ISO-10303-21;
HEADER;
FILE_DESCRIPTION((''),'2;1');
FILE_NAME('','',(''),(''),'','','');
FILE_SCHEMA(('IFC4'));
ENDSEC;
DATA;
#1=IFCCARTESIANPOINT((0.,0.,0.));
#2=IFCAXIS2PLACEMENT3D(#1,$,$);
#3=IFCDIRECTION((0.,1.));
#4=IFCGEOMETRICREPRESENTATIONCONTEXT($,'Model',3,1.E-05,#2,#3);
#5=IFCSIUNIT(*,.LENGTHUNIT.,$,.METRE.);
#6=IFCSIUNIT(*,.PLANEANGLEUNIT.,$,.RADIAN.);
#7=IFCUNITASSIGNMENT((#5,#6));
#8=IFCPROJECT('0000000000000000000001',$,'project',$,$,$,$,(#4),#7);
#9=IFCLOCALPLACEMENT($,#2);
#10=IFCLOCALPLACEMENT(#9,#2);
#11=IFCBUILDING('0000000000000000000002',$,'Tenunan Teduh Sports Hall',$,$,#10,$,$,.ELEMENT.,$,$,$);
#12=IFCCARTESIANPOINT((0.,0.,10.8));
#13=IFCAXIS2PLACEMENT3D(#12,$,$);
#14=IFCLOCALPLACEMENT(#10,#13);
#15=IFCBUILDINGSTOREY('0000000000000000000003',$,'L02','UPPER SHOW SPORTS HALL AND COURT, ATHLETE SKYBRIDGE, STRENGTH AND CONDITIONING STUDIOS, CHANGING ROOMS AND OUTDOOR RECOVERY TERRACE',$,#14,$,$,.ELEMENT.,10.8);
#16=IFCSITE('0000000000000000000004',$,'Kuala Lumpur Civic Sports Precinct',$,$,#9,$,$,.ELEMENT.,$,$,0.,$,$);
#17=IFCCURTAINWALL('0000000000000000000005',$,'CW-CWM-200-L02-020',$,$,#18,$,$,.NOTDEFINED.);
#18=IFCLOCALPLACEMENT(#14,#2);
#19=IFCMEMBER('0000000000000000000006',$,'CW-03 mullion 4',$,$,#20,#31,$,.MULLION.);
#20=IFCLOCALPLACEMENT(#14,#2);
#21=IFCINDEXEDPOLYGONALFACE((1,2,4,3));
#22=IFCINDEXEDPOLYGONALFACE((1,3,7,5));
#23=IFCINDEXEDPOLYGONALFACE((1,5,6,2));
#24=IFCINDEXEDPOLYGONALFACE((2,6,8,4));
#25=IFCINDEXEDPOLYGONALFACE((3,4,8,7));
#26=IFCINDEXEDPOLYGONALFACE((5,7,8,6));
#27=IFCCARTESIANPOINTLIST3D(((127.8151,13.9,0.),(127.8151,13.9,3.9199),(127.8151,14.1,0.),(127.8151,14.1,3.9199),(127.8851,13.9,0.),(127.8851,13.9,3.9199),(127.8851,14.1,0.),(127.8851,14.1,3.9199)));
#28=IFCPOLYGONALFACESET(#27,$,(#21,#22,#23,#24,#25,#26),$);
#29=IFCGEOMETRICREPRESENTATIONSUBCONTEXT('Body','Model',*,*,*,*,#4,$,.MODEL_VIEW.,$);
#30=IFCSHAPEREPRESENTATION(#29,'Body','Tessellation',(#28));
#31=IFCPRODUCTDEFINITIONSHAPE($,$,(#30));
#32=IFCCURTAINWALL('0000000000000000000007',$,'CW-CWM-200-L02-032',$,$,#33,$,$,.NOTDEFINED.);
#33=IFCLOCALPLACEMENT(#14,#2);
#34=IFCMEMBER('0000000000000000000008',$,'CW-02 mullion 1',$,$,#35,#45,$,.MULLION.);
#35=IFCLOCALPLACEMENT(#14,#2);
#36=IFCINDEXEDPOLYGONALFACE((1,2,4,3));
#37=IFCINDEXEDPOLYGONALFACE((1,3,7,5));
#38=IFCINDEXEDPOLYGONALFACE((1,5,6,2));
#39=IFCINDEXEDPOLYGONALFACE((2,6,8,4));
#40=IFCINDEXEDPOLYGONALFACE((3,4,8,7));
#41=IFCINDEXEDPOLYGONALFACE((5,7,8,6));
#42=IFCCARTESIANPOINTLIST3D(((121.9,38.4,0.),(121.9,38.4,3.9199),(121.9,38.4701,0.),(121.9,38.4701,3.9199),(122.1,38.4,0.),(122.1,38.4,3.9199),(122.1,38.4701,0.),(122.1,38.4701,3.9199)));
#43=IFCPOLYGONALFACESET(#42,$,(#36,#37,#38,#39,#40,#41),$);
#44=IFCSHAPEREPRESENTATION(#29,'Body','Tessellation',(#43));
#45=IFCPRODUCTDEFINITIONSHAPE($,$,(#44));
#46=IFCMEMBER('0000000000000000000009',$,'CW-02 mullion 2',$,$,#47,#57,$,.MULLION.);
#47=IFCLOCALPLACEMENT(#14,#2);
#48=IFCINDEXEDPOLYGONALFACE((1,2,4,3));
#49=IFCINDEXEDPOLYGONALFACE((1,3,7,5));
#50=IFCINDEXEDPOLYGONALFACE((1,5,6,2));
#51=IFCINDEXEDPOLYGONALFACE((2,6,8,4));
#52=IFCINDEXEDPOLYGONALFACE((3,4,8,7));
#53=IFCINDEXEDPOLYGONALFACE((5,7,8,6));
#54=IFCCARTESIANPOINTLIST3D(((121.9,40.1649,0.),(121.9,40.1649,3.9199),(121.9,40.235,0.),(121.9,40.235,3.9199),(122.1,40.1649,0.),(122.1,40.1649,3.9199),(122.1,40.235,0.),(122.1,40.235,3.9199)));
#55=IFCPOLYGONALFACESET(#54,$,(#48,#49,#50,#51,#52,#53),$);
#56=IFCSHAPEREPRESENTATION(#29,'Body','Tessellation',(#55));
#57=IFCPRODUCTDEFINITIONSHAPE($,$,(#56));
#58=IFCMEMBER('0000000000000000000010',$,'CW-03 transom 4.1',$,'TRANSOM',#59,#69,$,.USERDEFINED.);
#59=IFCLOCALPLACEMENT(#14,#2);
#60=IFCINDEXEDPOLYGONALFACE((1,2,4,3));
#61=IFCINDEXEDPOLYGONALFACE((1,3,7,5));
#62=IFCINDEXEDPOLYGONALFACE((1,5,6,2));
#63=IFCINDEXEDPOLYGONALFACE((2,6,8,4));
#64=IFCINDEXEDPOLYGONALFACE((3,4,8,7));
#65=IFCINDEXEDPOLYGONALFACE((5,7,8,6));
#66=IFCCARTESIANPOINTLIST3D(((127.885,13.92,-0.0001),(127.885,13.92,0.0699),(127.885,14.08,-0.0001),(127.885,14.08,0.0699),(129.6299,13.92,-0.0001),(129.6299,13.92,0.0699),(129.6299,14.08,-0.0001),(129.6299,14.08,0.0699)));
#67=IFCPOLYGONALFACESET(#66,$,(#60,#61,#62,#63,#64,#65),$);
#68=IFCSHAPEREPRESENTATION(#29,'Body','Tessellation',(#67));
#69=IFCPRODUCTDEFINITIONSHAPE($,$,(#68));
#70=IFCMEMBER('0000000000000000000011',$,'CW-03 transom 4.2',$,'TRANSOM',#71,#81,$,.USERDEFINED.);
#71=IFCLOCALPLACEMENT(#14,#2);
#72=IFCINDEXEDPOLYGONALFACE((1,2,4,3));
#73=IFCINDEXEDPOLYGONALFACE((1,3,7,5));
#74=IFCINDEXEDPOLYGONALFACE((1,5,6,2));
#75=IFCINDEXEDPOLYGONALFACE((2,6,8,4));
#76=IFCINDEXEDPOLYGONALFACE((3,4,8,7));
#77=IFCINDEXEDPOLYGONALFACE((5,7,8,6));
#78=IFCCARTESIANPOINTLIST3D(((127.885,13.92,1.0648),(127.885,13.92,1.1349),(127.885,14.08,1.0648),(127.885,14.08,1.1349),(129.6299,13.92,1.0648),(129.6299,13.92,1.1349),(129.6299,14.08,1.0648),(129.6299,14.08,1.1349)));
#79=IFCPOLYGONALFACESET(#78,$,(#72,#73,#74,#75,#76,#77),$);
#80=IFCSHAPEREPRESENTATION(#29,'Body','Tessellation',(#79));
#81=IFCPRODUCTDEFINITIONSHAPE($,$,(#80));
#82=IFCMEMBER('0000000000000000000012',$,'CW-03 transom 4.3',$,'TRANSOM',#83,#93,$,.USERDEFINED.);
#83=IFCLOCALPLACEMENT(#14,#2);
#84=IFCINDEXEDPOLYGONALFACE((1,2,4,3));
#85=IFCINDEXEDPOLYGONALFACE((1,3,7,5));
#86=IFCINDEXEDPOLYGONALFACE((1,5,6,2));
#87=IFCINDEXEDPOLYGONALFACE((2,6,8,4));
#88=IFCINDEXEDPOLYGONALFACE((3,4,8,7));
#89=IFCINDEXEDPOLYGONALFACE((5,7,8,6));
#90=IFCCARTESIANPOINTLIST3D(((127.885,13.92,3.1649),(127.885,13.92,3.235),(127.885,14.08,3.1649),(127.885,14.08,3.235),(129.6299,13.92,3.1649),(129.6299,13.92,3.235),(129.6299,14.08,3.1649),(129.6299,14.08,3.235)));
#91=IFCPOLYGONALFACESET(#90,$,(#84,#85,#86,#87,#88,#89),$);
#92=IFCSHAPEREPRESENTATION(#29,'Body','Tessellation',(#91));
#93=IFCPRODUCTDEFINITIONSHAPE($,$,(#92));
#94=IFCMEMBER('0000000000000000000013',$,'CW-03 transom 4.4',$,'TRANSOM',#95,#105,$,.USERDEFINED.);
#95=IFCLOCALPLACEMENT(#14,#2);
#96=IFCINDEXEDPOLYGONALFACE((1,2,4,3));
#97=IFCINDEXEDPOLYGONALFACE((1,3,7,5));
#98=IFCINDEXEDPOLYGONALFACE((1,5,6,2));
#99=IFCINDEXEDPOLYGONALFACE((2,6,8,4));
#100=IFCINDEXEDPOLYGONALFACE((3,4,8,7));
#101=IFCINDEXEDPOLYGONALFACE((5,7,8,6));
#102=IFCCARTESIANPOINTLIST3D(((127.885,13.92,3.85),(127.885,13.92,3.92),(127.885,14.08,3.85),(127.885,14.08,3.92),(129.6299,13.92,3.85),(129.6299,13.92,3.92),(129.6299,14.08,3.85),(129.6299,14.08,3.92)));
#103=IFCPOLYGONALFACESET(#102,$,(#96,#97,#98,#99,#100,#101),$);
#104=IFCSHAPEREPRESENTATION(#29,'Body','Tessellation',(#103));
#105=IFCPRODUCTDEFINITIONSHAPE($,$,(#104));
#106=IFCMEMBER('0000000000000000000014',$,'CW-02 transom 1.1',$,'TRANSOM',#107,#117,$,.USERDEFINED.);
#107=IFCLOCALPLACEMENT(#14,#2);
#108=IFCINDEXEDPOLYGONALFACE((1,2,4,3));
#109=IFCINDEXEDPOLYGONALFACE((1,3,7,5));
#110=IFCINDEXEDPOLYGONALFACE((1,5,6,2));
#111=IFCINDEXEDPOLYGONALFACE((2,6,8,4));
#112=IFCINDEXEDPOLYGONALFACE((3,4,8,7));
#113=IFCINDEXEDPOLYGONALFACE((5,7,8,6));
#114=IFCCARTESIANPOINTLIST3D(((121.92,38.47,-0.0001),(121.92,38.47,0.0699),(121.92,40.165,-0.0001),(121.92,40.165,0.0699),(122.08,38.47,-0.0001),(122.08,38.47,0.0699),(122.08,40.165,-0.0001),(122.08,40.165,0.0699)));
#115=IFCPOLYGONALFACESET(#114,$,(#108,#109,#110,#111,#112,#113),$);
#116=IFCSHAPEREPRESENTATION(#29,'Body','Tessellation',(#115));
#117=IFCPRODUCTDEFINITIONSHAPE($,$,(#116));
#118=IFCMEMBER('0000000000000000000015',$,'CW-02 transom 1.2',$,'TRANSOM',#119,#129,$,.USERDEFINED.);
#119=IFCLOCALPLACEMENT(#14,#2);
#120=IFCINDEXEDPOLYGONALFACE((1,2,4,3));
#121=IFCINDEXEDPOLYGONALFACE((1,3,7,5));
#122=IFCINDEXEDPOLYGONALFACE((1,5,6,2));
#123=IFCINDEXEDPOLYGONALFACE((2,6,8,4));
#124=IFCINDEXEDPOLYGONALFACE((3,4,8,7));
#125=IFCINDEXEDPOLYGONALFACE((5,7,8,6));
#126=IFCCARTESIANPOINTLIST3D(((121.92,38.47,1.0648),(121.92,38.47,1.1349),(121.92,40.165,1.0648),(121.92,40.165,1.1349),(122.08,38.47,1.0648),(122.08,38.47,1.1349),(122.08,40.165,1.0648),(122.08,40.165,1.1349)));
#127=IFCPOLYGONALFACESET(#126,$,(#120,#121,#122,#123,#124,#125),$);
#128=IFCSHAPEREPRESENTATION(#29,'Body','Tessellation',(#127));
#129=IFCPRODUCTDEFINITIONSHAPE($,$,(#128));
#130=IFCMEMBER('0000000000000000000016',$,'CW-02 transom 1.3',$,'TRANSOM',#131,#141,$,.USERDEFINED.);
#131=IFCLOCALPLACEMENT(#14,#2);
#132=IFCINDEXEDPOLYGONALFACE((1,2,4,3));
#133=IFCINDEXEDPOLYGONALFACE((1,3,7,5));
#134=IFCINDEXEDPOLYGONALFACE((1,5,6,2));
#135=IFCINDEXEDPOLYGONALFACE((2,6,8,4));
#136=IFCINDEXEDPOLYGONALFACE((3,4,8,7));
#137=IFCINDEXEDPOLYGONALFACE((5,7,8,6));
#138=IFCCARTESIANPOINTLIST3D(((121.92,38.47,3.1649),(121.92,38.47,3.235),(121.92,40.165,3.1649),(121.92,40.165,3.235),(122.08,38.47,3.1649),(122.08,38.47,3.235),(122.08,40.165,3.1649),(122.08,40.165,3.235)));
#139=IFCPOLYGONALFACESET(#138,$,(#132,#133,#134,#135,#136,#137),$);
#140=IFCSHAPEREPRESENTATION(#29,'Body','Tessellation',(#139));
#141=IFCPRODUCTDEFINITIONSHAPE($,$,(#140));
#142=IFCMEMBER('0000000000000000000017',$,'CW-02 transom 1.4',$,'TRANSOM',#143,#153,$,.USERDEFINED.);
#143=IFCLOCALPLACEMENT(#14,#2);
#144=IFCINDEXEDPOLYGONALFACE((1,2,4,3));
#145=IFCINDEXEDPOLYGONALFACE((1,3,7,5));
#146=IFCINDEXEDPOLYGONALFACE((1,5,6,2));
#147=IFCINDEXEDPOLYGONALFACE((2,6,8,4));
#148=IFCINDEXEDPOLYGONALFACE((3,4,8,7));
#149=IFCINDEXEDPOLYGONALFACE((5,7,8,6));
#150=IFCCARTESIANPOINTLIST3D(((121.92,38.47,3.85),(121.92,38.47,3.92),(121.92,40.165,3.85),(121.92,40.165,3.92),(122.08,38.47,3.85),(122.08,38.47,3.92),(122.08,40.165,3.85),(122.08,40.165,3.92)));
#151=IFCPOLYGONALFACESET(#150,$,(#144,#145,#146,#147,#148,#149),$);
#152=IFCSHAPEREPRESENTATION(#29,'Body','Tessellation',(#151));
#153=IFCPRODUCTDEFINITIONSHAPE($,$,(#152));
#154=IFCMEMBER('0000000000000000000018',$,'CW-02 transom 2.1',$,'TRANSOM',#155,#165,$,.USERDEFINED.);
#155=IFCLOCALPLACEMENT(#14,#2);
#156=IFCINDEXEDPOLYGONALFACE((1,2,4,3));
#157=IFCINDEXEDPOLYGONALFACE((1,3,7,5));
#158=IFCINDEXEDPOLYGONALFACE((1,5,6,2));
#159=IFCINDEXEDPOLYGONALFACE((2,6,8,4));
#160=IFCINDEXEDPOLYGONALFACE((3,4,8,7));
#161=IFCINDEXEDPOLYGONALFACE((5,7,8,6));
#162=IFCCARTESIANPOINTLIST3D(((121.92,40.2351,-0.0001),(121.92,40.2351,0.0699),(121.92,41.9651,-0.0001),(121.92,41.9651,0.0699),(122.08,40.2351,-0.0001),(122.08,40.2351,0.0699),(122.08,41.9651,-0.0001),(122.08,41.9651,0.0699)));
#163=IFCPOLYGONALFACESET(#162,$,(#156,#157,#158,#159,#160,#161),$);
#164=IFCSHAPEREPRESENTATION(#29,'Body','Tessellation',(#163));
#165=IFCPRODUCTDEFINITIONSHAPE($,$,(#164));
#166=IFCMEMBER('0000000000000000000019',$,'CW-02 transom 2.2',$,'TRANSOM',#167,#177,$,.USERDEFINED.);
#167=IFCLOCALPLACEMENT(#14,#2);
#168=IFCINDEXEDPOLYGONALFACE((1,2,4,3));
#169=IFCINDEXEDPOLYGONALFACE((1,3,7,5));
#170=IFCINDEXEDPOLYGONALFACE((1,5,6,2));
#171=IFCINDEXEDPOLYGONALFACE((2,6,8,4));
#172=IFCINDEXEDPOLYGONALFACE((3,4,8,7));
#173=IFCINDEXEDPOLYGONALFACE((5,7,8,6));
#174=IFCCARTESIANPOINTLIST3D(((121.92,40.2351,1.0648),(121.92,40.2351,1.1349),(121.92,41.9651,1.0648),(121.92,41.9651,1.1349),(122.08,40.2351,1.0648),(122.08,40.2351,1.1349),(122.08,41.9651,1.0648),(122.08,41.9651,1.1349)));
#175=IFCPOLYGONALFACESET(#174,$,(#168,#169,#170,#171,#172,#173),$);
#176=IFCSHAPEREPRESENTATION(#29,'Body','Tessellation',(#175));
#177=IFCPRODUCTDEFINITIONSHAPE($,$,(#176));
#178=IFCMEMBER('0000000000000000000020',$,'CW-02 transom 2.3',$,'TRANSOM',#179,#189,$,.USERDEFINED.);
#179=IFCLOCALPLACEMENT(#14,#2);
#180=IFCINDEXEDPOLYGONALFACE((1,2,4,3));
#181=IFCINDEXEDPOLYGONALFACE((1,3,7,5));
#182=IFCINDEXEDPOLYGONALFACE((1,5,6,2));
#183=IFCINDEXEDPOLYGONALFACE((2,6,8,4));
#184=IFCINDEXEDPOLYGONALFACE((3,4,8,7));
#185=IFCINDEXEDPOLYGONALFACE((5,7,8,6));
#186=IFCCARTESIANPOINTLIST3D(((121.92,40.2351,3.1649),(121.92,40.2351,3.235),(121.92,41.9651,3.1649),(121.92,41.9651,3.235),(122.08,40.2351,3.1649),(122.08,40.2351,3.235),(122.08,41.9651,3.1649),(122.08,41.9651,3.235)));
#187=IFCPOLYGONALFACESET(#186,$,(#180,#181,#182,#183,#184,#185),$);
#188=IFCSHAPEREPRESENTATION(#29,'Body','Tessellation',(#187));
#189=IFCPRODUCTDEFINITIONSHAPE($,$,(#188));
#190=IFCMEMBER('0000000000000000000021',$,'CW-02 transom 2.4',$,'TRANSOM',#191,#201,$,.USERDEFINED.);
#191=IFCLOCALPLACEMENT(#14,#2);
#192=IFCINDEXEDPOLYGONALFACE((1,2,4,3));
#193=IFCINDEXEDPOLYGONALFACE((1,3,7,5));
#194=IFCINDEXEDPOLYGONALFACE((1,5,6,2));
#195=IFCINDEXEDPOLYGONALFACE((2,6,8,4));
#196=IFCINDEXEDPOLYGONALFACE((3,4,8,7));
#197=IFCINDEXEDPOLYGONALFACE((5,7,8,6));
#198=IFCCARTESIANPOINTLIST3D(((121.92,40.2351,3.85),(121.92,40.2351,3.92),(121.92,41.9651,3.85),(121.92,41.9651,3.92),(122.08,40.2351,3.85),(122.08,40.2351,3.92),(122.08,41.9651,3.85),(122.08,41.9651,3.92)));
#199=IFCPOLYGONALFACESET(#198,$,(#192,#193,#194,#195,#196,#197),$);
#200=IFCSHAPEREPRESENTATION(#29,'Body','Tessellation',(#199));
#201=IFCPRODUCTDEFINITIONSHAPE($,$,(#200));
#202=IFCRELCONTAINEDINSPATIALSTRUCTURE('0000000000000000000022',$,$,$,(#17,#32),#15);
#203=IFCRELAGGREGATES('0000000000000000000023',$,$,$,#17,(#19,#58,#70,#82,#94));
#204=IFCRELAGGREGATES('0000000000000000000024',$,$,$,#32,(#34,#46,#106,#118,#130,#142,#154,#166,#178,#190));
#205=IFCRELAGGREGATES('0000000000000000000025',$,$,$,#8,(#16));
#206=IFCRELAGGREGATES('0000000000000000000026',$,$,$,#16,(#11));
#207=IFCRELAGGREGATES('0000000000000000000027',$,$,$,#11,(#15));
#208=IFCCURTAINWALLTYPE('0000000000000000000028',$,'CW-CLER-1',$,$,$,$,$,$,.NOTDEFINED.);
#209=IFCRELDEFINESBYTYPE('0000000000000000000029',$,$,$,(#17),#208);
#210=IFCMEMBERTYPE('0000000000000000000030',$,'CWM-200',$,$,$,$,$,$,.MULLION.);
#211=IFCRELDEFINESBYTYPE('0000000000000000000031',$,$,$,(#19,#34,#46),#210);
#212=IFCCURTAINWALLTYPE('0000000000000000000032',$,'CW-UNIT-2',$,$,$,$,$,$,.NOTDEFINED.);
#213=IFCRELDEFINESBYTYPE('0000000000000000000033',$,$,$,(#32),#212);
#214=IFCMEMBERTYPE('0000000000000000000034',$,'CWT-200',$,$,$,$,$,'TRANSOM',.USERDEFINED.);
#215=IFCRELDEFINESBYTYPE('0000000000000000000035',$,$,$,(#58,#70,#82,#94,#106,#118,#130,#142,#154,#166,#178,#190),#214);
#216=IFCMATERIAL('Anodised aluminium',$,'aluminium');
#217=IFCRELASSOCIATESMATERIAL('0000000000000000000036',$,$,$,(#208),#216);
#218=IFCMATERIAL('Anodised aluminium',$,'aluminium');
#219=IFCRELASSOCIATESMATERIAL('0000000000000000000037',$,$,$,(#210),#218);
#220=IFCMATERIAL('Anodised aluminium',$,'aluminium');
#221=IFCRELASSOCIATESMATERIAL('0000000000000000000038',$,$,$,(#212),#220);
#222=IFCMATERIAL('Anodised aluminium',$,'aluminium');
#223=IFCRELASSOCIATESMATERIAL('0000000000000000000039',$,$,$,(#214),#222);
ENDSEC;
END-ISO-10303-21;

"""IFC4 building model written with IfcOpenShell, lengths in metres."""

from ifc_helpers import new_model, si_unit, direction, frame, origin, origin_2d, place, context, subcontext, project, spatial, rectangle, extrude, material, material_profile, profile_set, type_object, element, aggregate, save


model = new_model("IFC4")

# Units and contexts
model_context = context("Model", 3, precision=1e-05, world=origin(), true_north=direction((0.0, 1.0)))
body_context = subcontext(model_context, "Body", "Model", "MODEL_VIEW")
ifc_project = project(units=[si_unit("LENGTHUNIT", "METRE"), si_unit("PLANEANGLEUNIT", "RADIAN")], contexts=[model_context])

# Site, building, storey
site_placement = place(None, origin())
site = spatial("IfcSite", under=ifc_project, at=site_placement, Name="Kuala Lumpur Civic Sports Precinct", CompositionType="ELEMENT", RefElevation=0.0)
building_placement = place(site_placement, origin())
building = spatial("IfcBuilding", under=site, at=building_placement, Name="Tenunan Teduh Sports Hall", CompositionType="ELEMENT")
storey_placement = place(building_placement, frame((0.0, 0.0, 10.8)))
storey = spatial("IfcBuildingStorey", under=building, at=storey_placement, Name="L02", Description="UPPER SHOW SPORTS HALL AND COURT, ATHLETE SKYBRIDGE, STRENGTH AND CONDITIONING STUDIOS, CHANGING ROOMS AND OUTDOOR RECOVERY TERRACE", CompositionType="ELEMENT", Elevation=10.8)

# Curtain wall, member
ifc_material_1 = material(Name="Anodised aluminium", Category="aluminium")
curtain_wall_type_1 = type_object("IfcCurtainWallType", Name="CW-CLER-1", PredefinedType="NOTDEFINED", material=ifc_material_1)
curtain_wall_1_placement = place(storey_placement, origin())
curtain_wall_1 = element("IfcCurtainWall", 1, at=curtain_wall_1_placement, inside=storey, type_object=curtain_wall_type_1, Name="CW-CWM-200-L02-020", PredefinedType="NOTDEFINED")
ifc_material_2 = material(Name="Anodised aluminium", Category="aluminium")
ifc_material_profile_1 = material_profile(ifc_material_2, rectangle(XDim=0.0701, YDim=0.2, at=origin_2d()), Name="CWM 70x200")
ifc_profile_set_1 = profile_set([ifc_material_profile_1], Name="Anodised aluminium")
member_type_1 = type_object("IfcMemberType", Name="CWM-200", PredefinedType="MULLION", material=ifc_profile_set_1)
member_1_placement = place(storey_placement, frame((127.8501, 14.0, 0.0), z_axis=(0.0, 0.0, 1.0), x_axis=(1.0, 0.0, 0.0)))
member_1 = element("IfcMember", 2, at=member_1_placement, type_object=member_type_1, Name="CW-03 mullion 4", PredefinedType="MULLION", context=body_context, shape_type="SweptSolid", body=[
    extrude(rectangle(XDim=0.0701, YDim=0.2, at=origin_2d()), origin(), (0.0, 0.0, 1.0), 3.9199),
])

# Curtain wall, members
ifc_material_3 = material(Name="Anodised aluminium", Category="aluminium")
curtain_wall_type_2 = type_object("IfcCurtainWallType", Name="CW-UNIT-2", PredefinedType="NOTDEFINED", material=ifc_material_3)
curtain_wall_2_placement = place(storey_placement, origin())
curtain_wall_2 = element("IfcCurtainWall", 3, at=curtain_wall_2_placement, inside=storey, type_object=curtain_wall_type_2, Name="CW-CWM-200-L02-032", PredefinedType="NOTDEFINED")
member_2_placement = place(storey_placement, frame((122.0, 38.4351, 0.0), z_axis=(0.0, 0.0, 1.0), x_axis=(0.0, 1.0, 0.0)))
member_2 = element("IfcMember", 4, at=member_2_placement, type_object=member_type_1, Name="CW-02 mullion 1", PredefinedType="MULLION", context=body_context, shape_type="SweptSolid", body=[
    extrude(rectangle(XDim=0.0701, YDim=0.2, at=origin_2d()), origin(), (0.0, 0.0, 1.0), 3.9199),
])
member_3_placement = place(storey_placement, frame((122.0, 40.2, 0.0), z_axis=(0.0, 0.0, 1.0), x_axis=(0.0, 1.0, 0.0)))
member_3 = element("IfcMember", 5, at=member_3_placement, type_object=member_type_1, Name="CW-02 mullion 2", PredefinedType="MULLION", context=body_context, shape_type="SweptSolid", body=[
    extrude(rectangle(XDim=0.0701, YDim=0.2, at=origin_2d()), origin(), (0.0, 0.0, 1.0), 3.9199),
])

# Members
ifc_material_4 = material(Name="Anodised aluminium", Category="aluminium")
ifc_material_profile_2 = material_profile(ifc_material_4, rectangle(XDim=0.0701, YDim=0.1599, at=origin_2d()), Name="CWT 70x160")
ifc_profile_set_2 = profile_set([ifc_material_profile_2], Name="Anodised aluminium")
member_type_2 = type_object("IfcMemberType", Name="CWT-200", ElementType="TRANSOM", PredefinedType="USERDEFINED", material=ifc_profile_set_2)
member_4_placement = place(storey_placement, frame((127.885, 14.0, 0.0349), z_axis=(1.0, 0.0, 0.0), x_axis=(0.0, 0.0, 1.0)))
member_4 = element("IfcMember", 6, at=member_4_placement, type_object=member_type_2, Name="CW-03 transom 4.1", ObjectType="TRANSOM", PredefinedType="USERDEFINED", context=body_context, shape_type="SweptSolid", body=[
    extrude(rectangle(XDim=0.0701, YDim=0.1599, at=origin_2d()), origin(), (0.0, 0.0, 1.0), 1.7449),
])
member_5_placement = place(storey_placement, frame((127.885, 14.0, 1.0999), z_axis=(1.0, 0.0, 0.0), x_axis=(0.0, 0.0, 1.0)))
member_5 = element("IfcMember", 7, at=member_5_placement, type_object=member_type_2, Name="CW-03 transom 4.2", ObjectType="TRANSOM", PredefinedType="USERDEFINED", context=body_context, shape_type="SweptSolid", body=[
    extrude(rectangle(XDim=0.0701, YDim=0.1599, at=origin_2d()), origin(), (0.0, 0.0, 1.0), 1.7449),
])
member_6_placement = place(storey_placement, frame((127.885, 14.0, 3.2), z_axis=(1.0, 0.0, 0.0), x_axis=(0.0, 0.0, 1.0)))
member_6 = element("IfcMember", 8, at=member_6_placement, type_object=member_type_2, Name="CW-03 transom 4.3", ObjectType="TRANSOM", PredefinedType="USERDEFINED", context=body_context, shape_type="SweptSolid", body=[
    extrude(rectangle(XDim=0.0701, YDim=0.1599, at=origin_2d()), origin(), (0.0, 0.0, 1.0), 1.7449),
])
member_7_placement = place(storey_placement, frame((127.885, 14.0, 3.885), z_axis=(1.0, 0.0, 0.0), x_axis=(0.0, 0.0, 1.0)))
member_7 = element("IfcMember", 9, at=member_7_placement, type_object=member_type_2, Name="CW-03 transom 4.4", ObjectType="TRANSOM", PredefinedType="USERDEFINED", context=body_context, shape_type="SweptSolid", body=[
    extrude(rectangle(XDim=0.0701, YDim=0.1599, at=origin_2d()), origin(), (0.0, 0.0, 1.0), 1.7449),
])
member_8_placement = place(storey_placement, frame((122.0, 38.47, 0.0349), z_axis=(0.0, 1.0, 0.0), x_axis=(0.0, 0.0, 1.0)))
member_8 = element("IfcMember", 10, at=member_8_placement, type_object=member_type_2, Name="CW-02 transom 1.1", ObjectType="TRANSOM", PredefinedType="USERDEFINED", context=body_context, shape_type="SweptSolid", body=[
    extrude(rectangle(XDim=0.0701, YDim=0.1599, at=origin_2d()), origin(), (0.0, 0.0, 1.0), 1.6951),
])
member_9_placement = place(storey_placement, frame((122.0, 38.47, 1.0999), z_axis=(0.0, 1.0, 0.0), x_axis=(0.0, 0.0, 1.0)))
member_9 = element("IfcMember", 11, at=member_9_placement, type_object=member_type_2, Name="CW-02 transom 1.2", ObjectType="TRANSOM", PredefinedType="USERDEFINED", context=body_context, shape_type="SweptSolid", body=[
    extrude(rectangle(XDim=0.0701, YDim=0.1599, at=origin_2d()), origin(), (0.0, 0.0, 1.0), 1.6951),
])
member_10_placement = place(storey_placement, frame((122.0, 38.47, 3.2), z_axis=(0.0, 1.0, 0.0), x_axis=(0.0, 0.0, 1.0)))
member_10 = element("IfcMember", 12, at=member_10_placement, type_object=member_type_2, Name="CW-02 transom 1.3", ObjectType="TRANSOM", PredefinedType="USERDEFINED", context=body_context, shape_type="SweptSolid", body=[
    extrude(rectangle(XDim=0.0701, YDim=0.1599, at=origin_2d()), origin(), (0.0, 0.0, 1.0), 1.6951),
])
member_11_placement = place(storey_placement, frame((122.0, 38.47, 3.885), z_axis=(0.0, 1.0, 0.0), x_axis=(0.0, 0.0, 1.0)))
member_11 = element("IfcMember", 13, at=member_11_placement, type_object=member_type_2, Name="CW-02 transom 1.4", ObjectType="TRANSOM", PredefinedType="USERDEFINED", context=body_context, shape_type="SweptSolid", body=[
    extrude(rectangle(XDim=0.0701, YDim=0.1599, at=origin_2d()), origin(), (0.0, 0.0, 1.0), 1.6951),
])
member_12_placement = place(storey_placement, frame((122.0, 40.2351, 0.0349), z_axis=(0.0, 1.0, 0.0), x_axis=(0.0, 0.0, 1.0)))
member_12 = element("IfcMember", 14, at=member_12_placement, type_object=member_type_2, Name="CW-02 transom 2.1", ObjectType="TRANSOM", PredefinedType="USERDEFINED", context=body_context, shape_type="SweptSolid", body=[
    extrude(rectangle(XDim=0.0701, YDim=0.1599, at=origin_2d()), origin(), (0.0, 0.0, 1.0), 1.73),
])
member_13_placement = place(storey_placement, frame((122.0, 40.2351, 1.0999), z_axis=(0.0, 1.0, 0.0), x_axis=(0.0, 0.0, 1.0)))
member_13 = element("IfcMember", 15, at=member_13_placement, type_object=member_type_2, Name="CW-02 transom 2.2", ObjectType="TRANSOM", PredefinedType="USERDEFINED", context=body_context, shape_type="SweptSolid", body=[
    extrude(rectangle(XDim=0.0701, YDim=0.1599, at=origin_2d()), origin(), (0.0, 0.0, 1.0), 1.73),
])
member_14_placement = place(storey_placement, frame((122.0, 40.2351, 3.2), z_axis=(0.0, 1.0, 0.0), x_axis=(0.0, 0.0, 1.0)))
member_14 = element("IfcMember", 16, at=member_14_placement, type_object=member_type_2, Name="CW-02 transom 2.3", ObjectType="TRANSOM", PredefinedType="USERDEFINED", context=body_context, shape_type="SweptSolid", body=[
    extrude(rectangle(XDim=0.0701, YDim=0.1599, at=origin_2d()), origin(), (0.0, 0.0, 1.0), 1.73),
])
member_15_placement = place(storey_placement, frame((122.0, 40.2351, 3.885), z_axis=(0.0, 1.0, 0.0), x_axis=(0.0, 0.0, 1.0)))
member_15 = element("IfcMember", 17, at=member_15_placement, type_object=member_type_2, Name="CW-02 transom 2.4", ObjectType="TRANSOM", PredefinedType="USERDEFINED", context=body_context, shape_type="SweptSolid", body=[
    extrude(rectangle(XDim=0.0701, YDim=0.1599, at=origin_2d()), origin(), (0.0, 0.0, 1.0), 1.73),
])

aggregate(curtain_wall_1, [member_1, member_4, member_5, member_6, member_7])
aggregate(curtain_wall_2, [member_2, member_3, member_8, member_9, member_10, member_11, member_12, member_13, member_14, member_15])

save(model, "model.ifc")
